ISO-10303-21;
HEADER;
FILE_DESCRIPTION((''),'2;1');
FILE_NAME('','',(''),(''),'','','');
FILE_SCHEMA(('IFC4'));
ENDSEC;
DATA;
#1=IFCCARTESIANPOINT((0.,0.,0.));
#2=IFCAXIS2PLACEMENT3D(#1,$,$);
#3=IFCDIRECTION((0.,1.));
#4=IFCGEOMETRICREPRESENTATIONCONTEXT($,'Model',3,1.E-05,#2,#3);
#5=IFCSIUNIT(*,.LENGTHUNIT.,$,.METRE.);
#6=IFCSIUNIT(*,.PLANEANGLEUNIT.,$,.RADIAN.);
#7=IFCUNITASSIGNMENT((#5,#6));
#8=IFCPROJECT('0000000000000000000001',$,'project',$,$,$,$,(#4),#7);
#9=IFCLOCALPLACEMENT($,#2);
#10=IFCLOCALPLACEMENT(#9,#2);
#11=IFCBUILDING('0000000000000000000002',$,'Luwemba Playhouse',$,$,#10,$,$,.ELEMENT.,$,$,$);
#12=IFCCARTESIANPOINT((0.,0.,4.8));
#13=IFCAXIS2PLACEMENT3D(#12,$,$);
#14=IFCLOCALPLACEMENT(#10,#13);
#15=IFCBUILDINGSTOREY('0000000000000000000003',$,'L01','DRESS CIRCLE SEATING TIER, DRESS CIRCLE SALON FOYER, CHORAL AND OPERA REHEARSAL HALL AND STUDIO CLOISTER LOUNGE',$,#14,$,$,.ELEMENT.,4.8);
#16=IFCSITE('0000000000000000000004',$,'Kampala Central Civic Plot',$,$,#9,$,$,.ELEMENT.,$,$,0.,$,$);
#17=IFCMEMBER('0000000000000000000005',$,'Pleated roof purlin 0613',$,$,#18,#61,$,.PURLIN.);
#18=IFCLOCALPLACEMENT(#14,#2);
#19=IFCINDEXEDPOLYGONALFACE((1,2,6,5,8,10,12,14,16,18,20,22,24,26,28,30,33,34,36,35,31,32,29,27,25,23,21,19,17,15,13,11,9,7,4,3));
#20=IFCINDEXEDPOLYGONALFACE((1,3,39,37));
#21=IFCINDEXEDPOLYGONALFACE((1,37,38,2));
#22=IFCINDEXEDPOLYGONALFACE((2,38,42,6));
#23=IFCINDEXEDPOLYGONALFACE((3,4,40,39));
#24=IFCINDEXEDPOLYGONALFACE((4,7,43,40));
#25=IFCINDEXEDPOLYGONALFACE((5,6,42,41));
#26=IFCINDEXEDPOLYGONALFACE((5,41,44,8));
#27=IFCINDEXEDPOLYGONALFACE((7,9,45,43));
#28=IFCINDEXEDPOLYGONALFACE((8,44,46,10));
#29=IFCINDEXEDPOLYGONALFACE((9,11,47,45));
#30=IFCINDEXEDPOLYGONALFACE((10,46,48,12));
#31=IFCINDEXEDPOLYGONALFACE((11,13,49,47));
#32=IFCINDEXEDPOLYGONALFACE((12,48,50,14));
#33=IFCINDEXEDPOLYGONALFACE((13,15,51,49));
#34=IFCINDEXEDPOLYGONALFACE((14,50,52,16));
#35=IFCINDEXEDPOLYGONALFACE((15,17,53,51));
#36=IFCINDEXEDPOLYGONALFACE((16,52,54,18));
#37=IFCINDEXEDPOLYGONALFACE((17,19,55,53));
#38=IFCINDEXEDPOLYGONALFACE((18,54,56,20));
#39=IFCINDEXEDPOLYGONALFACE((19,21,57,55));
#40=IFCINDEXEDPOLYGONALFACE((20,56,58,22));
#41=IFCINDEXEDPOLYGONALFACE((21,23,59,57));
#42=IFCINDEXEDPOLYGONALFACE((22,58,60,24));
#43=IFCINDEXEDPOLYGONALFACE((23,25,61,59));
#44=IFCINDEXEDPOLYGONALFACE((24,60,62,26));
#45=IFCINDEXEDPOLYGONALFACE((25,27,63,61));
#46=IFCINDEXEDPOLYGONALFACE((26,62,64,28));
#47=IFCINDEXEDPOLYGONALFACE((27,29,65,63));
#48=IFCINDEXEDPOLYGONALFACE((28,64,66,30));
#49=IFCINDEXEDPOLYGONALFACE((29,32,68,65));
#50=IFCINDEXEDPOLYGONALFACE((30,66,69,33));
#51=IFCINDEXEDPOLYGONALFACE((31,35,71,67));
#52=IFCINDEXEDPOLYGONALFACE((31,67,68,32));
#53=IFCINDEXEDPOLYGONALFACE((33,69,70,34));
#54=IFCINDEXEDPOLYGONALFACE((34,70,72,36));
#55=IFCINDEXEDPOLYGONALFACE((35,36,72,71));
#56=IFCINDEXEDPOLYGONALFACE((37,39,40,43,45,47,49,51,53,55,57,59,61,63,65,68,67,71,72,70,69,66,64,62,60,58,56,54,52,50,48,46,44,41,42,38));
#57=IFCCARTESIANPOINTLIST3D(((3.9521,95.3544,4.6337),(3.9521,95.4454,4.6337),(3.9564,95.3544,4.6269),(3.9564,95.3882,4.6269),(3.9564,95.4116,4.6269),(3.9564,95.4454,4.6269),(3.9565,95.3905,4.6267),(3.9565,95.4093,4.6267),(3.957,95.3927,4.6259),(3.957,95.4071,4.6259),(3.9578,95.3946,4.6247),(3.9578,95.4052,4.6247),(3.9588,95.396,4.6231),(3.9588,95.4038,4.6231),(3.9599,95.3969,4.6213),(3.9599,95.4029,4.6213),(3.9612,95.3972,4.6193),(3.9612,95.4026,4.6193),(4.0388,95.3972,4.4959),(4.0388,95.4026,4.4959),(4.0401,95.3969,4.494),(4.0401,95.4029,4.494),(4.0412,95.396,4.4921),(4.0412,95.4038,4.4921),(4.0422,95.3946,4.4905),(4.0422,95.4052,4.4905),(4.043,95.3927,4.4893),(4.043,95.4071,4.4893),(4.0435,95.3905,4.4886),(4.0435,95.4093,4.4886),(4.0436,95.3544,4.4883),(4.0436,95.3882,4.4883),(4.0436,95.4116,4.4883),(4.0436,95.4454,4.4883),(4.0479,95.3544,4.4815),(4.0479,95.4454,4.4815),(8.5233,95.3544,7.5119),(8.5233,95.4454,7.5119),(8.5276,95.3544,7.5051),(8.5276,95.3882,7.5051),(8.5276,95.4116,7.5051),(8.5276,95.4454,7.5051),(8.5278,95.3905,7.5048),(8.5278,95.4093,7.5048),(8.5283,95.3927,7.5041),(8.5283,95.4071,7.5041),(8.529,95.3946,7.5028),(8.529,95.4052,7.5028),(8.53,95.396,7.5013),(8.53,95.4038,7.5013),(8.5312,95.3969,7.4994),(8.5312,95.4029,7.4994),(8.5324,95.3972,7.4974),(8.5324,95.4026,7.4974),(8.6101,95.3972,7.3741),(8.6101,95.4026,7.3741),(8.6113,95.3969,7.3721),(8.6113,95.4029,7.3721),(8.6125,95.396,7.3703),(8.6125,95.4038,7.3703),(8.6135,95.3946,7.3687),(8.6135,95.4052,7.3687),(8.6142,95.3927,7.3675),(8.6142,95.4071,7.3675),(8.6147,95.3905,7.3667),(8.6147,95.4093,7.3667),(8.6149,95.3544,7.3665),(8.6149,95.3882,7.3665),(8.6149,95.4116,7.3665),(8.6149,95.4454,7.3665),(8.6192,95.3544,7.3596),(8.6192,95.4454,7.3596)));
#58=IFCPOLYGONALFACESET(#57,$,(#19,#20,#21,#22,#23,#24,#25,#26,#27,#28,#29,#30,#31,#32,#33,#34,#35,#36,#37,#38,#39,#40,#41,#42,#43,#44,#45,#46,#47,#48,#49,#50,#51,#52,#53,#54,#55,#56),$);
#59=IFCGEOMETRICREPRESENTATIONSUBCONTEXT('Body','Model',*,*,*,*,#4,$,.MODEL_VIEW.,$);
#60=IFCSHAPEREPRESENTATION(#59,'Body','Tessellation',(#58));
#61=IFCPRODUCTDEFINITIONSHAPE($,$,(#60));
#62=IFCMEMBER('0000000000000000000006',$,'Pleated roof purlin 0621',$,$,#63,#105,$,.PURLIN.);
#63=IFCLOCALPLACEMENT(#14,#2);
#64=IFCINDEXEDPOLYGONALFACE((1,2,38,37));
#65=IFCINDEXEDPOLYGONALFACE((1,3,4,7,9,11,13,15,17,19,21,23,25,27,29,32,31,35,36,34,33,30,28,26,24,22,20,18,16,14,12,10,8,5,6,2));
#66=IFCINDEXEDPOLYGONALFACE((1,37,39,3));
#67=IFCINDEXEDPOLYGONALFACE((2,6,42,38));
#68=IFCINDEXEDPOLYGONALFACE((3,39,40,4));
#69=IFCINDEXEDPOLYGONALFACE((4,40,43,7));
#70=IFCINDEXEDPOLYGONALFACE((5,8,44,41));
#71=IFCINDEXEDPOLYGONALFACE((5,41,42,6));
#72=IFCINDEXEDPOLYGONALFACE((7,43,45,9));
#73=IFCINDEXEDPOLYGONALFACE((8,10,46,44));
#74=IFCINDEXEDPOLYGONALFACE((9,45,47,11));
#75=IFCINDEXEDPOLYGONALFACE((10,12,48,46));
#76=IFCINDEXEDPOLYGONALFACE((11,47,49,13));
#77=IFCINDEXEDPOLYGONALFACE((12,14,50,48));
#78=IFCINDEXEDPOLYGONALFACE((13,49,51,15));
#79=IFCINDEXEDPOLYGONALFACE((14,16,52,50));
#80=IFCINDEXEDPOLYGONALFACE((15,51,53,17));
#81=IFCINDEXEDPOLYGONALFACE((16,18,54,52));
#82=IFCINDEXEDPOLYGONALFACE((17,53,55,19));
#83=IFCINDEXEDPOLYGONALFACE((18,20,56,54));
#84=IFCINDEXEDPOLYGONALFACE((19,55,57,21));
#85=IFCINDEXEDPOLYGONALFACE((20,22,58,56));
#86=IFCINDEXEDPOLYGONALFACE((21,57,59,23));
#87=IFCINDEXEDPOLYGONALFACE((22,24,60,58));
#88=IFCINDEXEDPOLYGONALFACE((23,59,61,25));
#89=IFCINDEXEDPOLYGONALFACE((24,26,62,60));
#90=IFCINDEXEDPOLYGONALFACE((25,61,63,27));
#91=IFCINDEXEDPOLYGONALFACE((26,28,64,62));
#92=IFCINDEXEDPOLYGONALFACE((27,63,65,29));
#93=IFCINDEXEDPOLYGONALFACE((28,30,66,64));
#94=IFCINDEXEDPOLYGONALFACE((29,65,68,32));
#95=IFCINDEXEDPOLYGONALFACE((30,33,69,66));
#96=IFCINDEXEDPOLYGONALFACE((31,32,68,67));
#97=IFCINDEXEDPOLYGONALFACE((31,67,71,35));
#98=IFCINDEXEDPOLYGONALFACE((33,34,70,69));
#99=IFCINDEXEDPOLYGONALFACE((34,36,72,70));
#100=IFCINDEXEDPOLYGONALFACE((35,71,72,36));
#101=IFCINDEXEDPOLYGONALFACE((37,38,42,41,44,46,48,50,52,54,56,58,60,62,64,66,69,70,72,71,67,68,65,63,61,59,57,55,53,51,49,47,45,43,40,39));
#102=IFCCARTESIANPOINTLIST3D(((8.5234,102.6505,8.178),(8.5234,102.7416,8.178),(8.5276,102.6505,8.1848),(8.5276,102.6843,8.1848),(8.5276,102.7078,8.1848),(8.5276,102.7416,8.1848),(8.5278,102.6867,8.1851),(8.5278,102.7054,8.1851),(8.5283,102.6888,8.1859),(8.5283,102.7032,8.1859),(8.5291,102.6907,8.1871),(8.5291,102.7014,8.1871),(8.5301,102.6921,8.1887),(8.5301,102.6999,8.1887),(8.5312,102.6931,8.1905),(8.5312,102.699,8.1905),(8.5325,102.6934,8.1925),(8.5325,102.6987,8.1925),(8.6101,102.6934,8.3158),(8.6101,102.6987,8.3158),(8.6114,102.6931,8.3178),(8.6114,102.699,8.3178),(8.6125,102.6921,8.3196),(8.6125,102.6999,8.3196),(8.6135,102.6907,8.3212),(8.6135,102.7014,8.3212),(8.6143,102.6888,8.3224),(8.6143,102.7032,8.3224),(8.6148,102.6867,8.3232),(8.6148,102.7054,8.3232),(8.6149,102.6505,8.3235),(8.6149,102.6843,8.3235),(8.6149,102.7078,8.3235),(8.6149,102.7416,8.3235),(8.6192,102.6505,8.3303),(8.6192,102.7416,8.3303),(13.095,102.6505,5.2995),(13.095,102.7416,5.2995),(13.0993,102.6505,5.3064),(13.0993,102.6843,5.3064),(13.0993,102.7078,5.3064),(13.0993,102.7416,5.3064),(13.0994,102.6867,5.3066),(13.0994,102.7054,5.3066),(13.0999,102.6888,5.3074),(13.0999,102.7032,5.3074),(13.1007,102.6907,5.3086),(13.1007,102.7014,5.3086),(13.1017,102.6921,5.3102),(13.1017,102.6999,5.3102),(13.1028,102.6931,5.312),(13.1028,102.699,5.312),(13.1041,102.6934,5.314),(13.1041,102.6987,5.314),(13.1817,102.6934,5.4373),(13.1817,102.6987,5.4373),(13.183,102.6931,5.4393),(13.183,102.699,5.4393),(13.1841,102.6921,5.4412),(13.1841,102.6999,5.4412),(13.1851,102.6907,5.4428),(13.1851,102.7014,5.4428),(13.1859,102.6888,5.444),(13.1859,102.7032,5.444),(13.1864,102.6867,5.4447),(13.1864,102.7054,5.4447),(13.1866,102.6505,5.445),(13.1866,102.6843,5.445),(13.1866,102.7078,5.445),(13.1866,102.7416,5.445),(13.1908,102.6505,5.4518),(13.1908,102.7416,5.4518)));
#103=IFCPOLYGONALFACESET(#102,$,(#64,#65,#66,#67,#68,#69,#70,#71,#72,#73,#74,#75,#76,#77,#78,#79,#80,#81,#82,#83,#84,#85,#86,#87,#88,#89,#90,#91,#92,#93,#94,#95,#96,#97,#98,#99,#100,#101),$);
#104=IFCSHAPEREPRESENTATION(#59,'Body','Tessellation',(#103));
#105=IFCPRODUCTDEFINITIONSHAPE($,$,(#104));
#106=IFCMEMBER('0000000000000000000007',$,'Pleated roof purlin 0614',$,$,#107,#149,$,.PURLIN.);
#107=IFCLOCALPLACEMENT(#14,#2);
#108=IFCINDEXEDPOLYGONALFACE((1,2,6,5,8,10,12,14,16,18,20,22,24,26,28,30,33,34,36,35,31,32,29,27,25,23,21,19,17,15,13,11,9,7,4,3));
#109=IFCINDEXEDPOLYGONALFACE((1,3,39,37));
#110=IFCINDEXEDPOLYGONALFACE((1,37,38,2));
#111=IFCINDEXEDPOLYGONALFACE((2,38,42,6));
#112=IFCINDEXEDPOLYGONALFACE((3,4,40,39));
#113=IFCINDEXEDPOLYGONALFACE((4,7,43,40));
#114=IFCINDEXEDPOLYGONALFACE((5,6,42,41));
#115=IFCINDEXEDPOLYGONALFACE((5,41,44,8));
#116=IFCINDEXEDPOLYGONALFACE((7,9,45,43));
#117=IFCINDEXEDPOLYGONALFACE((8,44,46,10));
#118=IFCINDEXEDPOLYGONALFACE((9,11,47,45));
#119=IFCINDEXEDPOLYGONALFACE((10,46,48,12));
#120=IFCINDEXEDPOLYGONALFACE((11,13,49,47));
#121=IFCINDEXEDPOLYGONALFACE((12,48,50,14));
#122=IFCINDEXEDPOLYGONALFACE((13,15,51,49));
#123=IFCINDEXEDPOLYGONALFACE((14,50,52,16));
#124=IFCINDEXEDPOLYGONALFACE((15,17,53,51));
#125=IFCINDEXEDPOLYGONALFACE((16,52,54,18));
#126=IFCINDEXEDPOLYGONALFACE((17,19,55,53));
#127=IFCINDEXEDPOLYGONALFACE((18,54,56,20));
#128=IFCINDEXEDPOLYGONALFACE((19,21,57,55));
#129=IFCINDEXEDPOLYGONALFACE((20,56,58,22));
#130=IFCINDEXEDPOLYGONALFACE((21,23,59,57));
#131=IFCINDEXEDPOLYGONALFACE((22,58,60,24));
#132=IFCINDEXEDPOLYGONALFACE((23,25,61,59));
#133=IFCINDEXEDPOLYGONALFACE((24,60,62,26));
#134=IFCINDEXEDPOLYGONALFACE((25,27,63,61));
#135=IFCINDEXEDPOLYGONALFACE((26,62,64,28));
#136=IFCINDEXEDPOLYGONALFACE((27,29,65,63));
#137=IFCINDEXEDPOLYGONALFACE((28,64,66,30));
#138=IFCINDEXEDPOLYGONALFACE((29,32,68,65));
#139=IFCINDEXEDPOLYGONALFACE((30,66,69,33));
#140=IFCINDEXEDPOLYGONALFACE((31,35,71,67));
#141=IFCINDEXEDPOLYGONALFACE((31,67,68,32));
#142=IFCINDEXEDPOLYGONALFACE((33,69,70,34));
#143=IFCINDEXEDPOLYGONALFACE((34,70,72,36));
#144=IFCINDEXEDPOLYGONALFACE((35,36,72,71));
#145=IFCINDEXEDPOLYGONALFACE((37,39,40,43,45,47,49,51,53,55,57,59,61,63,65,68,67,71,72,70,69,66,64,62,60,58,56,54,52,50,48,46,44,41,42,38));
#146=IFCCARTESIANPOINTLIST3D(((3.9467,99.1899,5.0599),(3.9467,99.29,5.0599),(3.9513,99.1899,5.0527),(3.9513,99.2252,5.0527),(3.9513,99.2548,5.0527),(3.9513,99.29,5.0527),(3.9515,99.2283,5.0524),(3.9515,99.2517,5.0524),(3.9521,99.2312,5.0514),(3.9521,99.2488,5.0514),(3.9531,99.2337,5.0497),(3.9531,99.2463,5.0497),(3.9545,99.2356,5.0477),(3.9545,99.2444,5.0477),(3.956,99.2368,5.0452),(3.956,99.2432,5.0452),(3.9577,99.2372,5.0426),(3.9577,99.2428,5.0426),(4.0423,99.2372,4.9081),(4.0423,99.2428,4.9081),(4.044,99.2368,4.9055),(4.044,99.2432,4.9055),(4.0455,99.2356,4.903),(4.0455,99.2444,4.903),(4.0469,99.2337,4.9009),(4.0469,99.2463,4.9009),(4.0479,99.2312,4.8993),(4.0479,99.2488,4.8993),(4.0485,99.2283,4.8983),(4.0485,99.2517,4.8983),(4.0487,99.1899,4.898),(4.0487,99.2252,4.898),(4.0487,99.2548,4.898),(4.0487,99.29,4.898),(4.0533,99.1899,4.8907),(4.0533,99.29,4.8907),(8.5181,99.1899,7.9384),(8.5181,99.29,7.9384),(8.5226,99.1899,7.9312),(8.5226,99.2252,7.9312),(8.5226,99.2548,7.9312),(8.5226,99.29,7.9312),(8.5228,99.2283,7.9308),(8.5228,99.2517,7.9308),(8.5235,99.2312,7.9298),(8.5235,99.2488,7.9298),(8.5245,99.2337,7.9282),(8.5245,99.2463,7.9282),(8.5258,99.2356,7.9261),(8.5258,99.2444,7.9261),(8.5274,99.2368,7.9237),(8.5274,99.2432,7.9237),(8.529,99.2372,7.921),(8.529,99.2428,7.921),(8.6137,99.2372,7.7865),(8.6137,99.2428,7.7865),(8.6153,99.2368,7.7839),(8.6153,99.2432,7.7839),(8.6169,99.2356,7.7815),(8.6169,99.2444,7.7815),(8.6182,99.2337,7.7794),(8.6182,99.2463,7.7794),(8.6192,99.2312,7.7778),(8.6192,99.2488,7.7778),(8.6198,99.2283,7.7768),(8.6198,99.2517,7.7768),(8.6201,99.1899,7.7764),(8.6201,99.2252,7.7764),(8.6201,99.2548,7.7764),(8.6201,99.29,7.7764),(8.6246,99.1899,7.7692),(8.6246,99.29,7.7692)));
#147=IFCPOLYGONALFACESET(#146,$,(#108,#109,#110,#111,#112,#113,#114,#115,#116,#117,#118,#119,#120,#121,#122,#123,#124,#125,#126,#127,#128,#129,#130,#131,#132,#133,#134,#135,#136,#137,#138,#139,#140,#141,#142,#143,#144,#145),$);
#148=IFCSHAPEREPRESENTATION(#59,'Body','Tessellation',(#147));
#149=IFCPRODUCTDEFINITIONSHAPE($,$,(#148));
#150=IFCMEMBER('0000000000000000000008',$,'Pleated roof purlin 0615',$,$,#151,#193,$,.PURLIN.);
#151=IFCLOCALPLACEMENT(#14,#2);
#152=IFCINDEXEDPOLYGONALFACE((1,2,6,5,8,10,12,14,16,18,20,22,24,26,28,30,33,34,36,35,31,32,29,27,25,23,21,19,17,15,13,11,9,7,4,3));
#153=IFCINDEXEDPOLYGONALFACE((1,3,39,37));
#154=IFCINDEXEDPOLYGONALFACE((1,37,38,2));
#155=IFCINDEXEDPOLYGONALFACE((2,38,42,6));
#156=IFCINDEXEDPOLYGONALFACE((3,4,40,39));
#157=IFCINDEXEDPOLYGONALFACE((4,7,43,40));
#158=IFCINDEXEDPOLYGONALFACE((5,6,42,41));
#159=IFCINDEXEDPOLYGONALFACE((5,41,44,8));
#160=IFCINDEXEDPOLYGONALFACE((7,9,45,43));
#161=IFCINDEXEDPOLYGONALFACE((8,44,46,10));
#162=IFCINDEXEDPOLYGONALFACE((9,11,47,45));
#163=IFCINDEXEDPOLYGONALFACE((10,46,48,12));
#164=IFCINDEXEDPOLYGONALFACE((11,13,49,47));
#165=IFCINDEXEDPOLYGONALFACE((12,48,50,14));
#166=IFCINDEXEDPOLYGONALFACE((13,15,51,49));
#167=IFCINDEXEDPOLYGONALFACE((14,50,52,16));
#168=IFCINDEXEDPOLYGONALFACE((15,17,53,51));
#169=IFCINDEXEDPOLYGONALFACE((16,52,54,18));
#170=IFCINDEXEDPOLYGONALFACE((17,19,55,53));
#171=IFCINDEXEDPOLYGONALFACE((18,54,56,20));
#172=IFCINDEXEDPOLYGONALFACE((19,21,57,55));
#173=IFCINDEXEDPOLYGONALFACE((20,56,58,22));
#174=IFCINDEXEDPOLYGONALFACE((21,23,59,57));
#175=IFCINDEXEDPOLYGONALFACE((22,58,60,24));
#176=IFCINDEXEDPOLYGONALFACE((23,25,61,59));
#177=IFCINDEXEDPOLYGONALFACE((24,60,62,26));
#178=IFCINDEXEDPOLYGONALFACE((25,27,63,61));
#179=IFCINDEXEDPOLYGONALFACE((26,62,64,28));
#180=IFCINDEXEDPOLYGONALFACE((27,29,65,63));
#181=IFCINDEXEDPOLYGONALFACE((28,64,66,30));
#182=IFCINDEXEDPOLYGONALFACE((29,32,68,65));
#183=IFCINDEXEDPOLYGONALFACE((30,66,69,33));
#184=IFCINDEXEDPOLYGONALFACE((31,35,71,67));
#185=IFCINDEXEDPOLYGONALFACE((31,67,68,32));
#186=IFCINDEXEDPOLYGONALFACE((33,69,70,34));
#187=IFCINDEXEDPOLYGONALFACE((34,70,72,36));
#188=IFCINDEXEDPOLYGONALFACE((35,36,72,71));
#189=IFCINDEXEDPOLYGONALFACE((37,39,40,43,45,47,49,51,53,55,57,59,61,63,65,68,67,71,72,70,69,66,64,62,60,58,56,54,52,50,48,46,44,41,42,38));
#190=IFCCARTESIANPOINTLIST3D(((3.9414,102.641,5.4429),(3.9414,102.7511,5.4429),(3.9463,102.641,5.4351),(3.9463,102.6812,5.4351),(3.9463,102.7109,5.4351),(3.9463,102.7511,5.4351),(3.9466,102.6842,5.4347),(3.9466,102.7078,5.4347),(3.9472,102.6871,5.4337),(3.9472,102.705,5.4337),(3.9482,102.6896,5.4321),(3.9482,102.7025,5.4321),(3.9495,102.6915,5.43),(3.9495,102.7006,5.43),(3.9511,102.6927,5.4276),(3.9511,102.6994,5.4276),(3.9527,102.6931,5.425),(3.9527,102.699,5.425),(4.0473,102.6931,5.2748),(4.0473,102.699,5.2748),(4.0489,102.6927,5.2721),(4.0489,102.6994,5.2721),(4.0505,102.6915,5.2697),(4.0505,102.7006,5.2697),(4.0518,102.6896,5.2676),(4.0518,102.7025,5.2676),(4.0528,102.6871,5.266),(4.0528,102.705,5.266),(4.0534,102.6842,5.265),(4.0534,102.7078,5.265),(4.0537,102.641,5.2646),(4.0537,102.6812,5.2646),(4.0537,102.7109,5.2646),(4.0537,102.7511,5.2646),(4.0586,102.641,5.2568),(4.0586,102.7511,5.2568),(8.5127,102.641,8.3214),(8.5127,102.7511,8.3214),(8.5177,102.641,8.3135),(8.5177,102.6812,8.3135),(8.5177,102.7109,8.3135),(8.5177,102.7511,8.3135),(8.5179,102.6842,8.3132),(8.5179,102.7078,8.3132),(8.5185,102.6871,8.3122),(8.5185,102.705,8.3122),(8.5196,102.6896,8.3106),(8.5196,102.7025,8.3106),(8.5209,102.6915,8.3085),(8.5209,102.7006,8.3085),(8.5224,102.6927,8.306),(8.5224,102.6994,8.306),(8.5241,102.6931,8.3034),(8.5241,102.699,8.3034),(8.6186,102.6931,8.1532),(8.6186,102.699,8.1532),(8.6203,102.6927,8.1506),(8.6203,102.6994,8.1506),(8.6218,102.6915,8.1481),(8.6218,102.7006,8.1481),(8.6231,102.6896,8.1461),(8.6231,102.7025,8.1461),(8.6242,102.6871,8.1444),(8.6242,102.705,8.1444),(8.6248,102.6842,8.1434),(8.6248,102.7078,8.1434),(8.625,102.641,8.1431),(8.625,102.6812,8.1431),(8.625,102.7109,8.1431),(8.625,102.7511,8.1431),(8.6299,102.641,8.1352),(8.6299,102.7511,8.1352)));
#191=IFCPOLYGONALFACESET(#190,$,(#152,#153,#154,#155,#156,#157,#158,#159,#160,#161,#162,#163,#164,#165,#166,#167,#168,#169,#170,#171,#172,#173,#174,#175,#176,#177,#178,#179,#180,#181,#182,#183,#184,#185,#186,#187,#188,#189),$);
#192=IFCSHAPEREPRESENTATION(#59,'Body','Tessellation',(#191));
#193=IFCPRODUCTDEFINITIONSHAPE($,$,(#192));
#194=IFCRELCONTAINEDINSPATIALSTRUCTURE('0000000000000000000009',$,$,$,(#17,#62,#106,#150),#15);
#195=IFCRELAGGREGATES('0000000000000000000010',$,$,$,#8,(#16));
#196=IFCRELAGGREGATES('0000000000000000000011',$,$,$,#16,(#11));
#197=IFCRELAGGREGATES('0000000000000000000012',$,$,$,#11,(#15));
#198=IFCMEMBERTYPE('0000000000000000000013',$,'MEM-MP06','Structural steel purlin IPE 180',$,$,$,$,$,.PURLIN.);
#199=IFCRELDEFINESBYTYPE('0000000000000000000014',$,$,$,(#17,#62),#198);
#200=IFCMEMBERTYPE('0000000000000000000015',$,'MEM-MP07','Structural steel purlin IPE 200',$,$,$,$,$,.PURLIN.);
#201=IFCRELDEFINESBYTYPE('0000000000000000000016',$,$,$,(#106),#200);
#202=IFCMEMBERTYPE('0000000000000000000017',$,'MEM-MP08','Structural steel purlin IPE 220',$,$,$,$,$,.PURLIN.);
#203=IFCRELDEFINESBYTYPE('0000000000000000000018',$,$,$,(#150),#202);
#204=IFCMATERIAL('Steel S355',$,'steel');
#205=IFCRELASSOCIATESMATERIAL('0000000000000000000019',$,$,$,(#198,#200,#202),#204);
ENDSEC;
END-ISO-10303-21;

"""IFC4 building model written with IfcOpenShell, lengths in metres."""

from ifc_helpers import new_model, si_unit, direction, frame, origin, origin_2d, place, context, subcontext, project, spatial, i_section, extrude, material, material_profile, profile_set, type_object, element, save


model = new_model("IFC4")

# Units and contexts
model_context = context("Model", 3, precision=1e-05, world=origin(), true_north=direction((0.0, 1.0)))
body_context = subcontext(model_context, "Body", "Model", "MODEL_VIEW")
ifc_project = project(units=[si_unit("LENGTHUNIT", "METRE"), si_unit("PLANEANGLEUNIT", "RADIAN")], contexts=[model_context])

# Site, building, storey
site_placement = place(None, origin())
site = spatial("IfcSite", under=ifc_project, at=site_placement, Name="Kampala Central Civic Plot", CompositionType="ELEMENT", RefElevation=0.0)
building_placement = place(site_placement, origin())
building = spatial("IfcBuilding", under=site, at=building_placement, Name="Luwemba Playhouse", CompositionType="ELEMENT")
storey_placement = place(building_placement, frame((0.0, 0.0, 4.8)))
storey = spatial("IfcBuildingStorey", under=building, at=storey_placement, Name="L01", Description="DRESS CIRCLE SEATING TIER, DRESS CIRCLE SALON FOYER, CHORAL AND OPERA REHEARSAL HALL AND STUDIO CLOISTER LOUNGE", CompositionType="ELEMENT", Elevation=4.8)

# Shared definitions
ifc_material_1 = material(Name="Steel S355", Category="steel")

# Members
ifc_material_profile_1 = material_profile(ifc_material_1, i_section(OverallWidth=0.0911, OverallDepth=0.1799, WebThickness=0.0054, FlangeThickness=0.0081, FilletRadius=0.009, at=origin_2d()))
ifc_profile_set_1 = profile_set([ifc_material_profile_1], Name="Steel S355")
member_type_1 = type_object("IfcMemberType", Name="MEM-MP06", Description="Structural steel purlin IPE 180", PredefinedType="PURLIN", material=ifc_profile_set_1)
member_1_placement = place(storey_placement, frame((4.0, 95.3999, 4.5576), z_axis=(0.846237, 0.0, 0.532807), x_axis=(0.0, 1.0, 0.0)))
element("IfcMember", 1, at=member_1_placement, inside=storey, type_object=member_type_1, Name="Pleated roof purlin 0613", PredefinedType="PURLIN", context=body_context, shape_type="SweptSolid", body=[
    extrude(i_section(OverallWidth=0.0911, OverallDepth=0.1799, WebThickness=0.0054, FlangeThickness=0.0081, FilletRadius=0.009, at=origin_2d()), origin(), (0.0, 0.0, 1.0), 5.4019),
])
member_2_placement = place(storey_placement, frame((8.5713, 102.696, 8.2542), z_axis=(0.846229, 0.0, -0.532819), x_axis=(0.0, 1.0, 0.0)))
element("IfcMember", 2, at=member_2_placement, inside=storey, type_object=member_type_1, Name="Pleated roof purlin 0621", PredefinedType="PURLIN", context=body_context, shape_type="SweptSolid", body=[
    extrude(i_section(OverallWidth=0.0911, OverallDepth=0.1799, WebThickness=0.0054, FlangeThickness=0.0081, FilletRadius=0.009, at=origin_2d()), origin(), (0.0, 0.0, 1.0), 5.4023),
])
ifc_material_profile_2 = material_profile(ifc_material_1, i_section(OverallWidth=0.1001, OverallDepth=0.2, WebThickness=0.0056, FlangeThickness=0.0085, FilletRadius=0.012, at=origin_2d()))
ifc_profile_set_2 = profile_set([ifc_material_profile_2], Name="Steel S355")
member_type_2 = type_object("IfcMemberType", Name="MEM-MP07", Description="Structural steel purlin IPE 200", PredefinedType="PURLIN", material=ifc_profile_set_2)
member_3_placement = place(storey_placement, frame((4.0, 99.24, 4.9753), z_axis=(0.846216, 0.0, 0.53284), x_axis=(0.0, 1.0, 0.0)))
element("IfcMember", 3, at=member_3_placement, inside=storey, type_object=member_type_2, Name="Pleated roof purlin 0614", PredefinedType="PURLIN", context=body_context, shape_type="SweptSolid", body=[
    extrude(i_section(OverallWidth=0.1001, OverallDepth=0.2, WebThickness=0.0056, FlangeThickness=0.0085, FilletRadius=0.012, at=origin_2d()), origin(), (0.0, 0.0, 1.0), 5.4021),
])
ifc_material_profile_3 = material_profile(ifc_material_1, i_section(OverallWidth=0.1101, OverallDepth=0.22, WebThickness=0.0059, FlangeThickness=0.0093, FilletRadius=0.012, at=origin_2d()))
ifc_profile_set_3 = profile_set([ifc_material_profile_3], Name="Steel S355")
member_type_3 = type_object("IfcMemberType", Name="MEM-MP08", Description="Structural steel purlin IPE 220", PredefinedType="PURLIN", material=ifc_profile_set_3)
member_4_placement = place(storey_placement, frame((4.0, 102.696, 5.3499), z_axis=(0.846216, 0.0, 0.53284), x_axis=(0.0, 1.0, 0.0)))
element("IfcMember", 4, at=member_4_placement, inside=storey, type_object=member_type_3, Name="Pleated roof purlin 0615", PredefinedType="PURLIN", context=body_context, shape_type="SweptSolid", body=[
    extrude(i_section(OverallWidth=0.1101, OverallDepth=0.22, WebThickness=0.0059, FlangeThickness=0.0093, FilletRadius=0.012, at=origin_2d()), origin(), (0.0, 0.0, 1.0), 5.4021),
])

save(model, "model.ifc")
